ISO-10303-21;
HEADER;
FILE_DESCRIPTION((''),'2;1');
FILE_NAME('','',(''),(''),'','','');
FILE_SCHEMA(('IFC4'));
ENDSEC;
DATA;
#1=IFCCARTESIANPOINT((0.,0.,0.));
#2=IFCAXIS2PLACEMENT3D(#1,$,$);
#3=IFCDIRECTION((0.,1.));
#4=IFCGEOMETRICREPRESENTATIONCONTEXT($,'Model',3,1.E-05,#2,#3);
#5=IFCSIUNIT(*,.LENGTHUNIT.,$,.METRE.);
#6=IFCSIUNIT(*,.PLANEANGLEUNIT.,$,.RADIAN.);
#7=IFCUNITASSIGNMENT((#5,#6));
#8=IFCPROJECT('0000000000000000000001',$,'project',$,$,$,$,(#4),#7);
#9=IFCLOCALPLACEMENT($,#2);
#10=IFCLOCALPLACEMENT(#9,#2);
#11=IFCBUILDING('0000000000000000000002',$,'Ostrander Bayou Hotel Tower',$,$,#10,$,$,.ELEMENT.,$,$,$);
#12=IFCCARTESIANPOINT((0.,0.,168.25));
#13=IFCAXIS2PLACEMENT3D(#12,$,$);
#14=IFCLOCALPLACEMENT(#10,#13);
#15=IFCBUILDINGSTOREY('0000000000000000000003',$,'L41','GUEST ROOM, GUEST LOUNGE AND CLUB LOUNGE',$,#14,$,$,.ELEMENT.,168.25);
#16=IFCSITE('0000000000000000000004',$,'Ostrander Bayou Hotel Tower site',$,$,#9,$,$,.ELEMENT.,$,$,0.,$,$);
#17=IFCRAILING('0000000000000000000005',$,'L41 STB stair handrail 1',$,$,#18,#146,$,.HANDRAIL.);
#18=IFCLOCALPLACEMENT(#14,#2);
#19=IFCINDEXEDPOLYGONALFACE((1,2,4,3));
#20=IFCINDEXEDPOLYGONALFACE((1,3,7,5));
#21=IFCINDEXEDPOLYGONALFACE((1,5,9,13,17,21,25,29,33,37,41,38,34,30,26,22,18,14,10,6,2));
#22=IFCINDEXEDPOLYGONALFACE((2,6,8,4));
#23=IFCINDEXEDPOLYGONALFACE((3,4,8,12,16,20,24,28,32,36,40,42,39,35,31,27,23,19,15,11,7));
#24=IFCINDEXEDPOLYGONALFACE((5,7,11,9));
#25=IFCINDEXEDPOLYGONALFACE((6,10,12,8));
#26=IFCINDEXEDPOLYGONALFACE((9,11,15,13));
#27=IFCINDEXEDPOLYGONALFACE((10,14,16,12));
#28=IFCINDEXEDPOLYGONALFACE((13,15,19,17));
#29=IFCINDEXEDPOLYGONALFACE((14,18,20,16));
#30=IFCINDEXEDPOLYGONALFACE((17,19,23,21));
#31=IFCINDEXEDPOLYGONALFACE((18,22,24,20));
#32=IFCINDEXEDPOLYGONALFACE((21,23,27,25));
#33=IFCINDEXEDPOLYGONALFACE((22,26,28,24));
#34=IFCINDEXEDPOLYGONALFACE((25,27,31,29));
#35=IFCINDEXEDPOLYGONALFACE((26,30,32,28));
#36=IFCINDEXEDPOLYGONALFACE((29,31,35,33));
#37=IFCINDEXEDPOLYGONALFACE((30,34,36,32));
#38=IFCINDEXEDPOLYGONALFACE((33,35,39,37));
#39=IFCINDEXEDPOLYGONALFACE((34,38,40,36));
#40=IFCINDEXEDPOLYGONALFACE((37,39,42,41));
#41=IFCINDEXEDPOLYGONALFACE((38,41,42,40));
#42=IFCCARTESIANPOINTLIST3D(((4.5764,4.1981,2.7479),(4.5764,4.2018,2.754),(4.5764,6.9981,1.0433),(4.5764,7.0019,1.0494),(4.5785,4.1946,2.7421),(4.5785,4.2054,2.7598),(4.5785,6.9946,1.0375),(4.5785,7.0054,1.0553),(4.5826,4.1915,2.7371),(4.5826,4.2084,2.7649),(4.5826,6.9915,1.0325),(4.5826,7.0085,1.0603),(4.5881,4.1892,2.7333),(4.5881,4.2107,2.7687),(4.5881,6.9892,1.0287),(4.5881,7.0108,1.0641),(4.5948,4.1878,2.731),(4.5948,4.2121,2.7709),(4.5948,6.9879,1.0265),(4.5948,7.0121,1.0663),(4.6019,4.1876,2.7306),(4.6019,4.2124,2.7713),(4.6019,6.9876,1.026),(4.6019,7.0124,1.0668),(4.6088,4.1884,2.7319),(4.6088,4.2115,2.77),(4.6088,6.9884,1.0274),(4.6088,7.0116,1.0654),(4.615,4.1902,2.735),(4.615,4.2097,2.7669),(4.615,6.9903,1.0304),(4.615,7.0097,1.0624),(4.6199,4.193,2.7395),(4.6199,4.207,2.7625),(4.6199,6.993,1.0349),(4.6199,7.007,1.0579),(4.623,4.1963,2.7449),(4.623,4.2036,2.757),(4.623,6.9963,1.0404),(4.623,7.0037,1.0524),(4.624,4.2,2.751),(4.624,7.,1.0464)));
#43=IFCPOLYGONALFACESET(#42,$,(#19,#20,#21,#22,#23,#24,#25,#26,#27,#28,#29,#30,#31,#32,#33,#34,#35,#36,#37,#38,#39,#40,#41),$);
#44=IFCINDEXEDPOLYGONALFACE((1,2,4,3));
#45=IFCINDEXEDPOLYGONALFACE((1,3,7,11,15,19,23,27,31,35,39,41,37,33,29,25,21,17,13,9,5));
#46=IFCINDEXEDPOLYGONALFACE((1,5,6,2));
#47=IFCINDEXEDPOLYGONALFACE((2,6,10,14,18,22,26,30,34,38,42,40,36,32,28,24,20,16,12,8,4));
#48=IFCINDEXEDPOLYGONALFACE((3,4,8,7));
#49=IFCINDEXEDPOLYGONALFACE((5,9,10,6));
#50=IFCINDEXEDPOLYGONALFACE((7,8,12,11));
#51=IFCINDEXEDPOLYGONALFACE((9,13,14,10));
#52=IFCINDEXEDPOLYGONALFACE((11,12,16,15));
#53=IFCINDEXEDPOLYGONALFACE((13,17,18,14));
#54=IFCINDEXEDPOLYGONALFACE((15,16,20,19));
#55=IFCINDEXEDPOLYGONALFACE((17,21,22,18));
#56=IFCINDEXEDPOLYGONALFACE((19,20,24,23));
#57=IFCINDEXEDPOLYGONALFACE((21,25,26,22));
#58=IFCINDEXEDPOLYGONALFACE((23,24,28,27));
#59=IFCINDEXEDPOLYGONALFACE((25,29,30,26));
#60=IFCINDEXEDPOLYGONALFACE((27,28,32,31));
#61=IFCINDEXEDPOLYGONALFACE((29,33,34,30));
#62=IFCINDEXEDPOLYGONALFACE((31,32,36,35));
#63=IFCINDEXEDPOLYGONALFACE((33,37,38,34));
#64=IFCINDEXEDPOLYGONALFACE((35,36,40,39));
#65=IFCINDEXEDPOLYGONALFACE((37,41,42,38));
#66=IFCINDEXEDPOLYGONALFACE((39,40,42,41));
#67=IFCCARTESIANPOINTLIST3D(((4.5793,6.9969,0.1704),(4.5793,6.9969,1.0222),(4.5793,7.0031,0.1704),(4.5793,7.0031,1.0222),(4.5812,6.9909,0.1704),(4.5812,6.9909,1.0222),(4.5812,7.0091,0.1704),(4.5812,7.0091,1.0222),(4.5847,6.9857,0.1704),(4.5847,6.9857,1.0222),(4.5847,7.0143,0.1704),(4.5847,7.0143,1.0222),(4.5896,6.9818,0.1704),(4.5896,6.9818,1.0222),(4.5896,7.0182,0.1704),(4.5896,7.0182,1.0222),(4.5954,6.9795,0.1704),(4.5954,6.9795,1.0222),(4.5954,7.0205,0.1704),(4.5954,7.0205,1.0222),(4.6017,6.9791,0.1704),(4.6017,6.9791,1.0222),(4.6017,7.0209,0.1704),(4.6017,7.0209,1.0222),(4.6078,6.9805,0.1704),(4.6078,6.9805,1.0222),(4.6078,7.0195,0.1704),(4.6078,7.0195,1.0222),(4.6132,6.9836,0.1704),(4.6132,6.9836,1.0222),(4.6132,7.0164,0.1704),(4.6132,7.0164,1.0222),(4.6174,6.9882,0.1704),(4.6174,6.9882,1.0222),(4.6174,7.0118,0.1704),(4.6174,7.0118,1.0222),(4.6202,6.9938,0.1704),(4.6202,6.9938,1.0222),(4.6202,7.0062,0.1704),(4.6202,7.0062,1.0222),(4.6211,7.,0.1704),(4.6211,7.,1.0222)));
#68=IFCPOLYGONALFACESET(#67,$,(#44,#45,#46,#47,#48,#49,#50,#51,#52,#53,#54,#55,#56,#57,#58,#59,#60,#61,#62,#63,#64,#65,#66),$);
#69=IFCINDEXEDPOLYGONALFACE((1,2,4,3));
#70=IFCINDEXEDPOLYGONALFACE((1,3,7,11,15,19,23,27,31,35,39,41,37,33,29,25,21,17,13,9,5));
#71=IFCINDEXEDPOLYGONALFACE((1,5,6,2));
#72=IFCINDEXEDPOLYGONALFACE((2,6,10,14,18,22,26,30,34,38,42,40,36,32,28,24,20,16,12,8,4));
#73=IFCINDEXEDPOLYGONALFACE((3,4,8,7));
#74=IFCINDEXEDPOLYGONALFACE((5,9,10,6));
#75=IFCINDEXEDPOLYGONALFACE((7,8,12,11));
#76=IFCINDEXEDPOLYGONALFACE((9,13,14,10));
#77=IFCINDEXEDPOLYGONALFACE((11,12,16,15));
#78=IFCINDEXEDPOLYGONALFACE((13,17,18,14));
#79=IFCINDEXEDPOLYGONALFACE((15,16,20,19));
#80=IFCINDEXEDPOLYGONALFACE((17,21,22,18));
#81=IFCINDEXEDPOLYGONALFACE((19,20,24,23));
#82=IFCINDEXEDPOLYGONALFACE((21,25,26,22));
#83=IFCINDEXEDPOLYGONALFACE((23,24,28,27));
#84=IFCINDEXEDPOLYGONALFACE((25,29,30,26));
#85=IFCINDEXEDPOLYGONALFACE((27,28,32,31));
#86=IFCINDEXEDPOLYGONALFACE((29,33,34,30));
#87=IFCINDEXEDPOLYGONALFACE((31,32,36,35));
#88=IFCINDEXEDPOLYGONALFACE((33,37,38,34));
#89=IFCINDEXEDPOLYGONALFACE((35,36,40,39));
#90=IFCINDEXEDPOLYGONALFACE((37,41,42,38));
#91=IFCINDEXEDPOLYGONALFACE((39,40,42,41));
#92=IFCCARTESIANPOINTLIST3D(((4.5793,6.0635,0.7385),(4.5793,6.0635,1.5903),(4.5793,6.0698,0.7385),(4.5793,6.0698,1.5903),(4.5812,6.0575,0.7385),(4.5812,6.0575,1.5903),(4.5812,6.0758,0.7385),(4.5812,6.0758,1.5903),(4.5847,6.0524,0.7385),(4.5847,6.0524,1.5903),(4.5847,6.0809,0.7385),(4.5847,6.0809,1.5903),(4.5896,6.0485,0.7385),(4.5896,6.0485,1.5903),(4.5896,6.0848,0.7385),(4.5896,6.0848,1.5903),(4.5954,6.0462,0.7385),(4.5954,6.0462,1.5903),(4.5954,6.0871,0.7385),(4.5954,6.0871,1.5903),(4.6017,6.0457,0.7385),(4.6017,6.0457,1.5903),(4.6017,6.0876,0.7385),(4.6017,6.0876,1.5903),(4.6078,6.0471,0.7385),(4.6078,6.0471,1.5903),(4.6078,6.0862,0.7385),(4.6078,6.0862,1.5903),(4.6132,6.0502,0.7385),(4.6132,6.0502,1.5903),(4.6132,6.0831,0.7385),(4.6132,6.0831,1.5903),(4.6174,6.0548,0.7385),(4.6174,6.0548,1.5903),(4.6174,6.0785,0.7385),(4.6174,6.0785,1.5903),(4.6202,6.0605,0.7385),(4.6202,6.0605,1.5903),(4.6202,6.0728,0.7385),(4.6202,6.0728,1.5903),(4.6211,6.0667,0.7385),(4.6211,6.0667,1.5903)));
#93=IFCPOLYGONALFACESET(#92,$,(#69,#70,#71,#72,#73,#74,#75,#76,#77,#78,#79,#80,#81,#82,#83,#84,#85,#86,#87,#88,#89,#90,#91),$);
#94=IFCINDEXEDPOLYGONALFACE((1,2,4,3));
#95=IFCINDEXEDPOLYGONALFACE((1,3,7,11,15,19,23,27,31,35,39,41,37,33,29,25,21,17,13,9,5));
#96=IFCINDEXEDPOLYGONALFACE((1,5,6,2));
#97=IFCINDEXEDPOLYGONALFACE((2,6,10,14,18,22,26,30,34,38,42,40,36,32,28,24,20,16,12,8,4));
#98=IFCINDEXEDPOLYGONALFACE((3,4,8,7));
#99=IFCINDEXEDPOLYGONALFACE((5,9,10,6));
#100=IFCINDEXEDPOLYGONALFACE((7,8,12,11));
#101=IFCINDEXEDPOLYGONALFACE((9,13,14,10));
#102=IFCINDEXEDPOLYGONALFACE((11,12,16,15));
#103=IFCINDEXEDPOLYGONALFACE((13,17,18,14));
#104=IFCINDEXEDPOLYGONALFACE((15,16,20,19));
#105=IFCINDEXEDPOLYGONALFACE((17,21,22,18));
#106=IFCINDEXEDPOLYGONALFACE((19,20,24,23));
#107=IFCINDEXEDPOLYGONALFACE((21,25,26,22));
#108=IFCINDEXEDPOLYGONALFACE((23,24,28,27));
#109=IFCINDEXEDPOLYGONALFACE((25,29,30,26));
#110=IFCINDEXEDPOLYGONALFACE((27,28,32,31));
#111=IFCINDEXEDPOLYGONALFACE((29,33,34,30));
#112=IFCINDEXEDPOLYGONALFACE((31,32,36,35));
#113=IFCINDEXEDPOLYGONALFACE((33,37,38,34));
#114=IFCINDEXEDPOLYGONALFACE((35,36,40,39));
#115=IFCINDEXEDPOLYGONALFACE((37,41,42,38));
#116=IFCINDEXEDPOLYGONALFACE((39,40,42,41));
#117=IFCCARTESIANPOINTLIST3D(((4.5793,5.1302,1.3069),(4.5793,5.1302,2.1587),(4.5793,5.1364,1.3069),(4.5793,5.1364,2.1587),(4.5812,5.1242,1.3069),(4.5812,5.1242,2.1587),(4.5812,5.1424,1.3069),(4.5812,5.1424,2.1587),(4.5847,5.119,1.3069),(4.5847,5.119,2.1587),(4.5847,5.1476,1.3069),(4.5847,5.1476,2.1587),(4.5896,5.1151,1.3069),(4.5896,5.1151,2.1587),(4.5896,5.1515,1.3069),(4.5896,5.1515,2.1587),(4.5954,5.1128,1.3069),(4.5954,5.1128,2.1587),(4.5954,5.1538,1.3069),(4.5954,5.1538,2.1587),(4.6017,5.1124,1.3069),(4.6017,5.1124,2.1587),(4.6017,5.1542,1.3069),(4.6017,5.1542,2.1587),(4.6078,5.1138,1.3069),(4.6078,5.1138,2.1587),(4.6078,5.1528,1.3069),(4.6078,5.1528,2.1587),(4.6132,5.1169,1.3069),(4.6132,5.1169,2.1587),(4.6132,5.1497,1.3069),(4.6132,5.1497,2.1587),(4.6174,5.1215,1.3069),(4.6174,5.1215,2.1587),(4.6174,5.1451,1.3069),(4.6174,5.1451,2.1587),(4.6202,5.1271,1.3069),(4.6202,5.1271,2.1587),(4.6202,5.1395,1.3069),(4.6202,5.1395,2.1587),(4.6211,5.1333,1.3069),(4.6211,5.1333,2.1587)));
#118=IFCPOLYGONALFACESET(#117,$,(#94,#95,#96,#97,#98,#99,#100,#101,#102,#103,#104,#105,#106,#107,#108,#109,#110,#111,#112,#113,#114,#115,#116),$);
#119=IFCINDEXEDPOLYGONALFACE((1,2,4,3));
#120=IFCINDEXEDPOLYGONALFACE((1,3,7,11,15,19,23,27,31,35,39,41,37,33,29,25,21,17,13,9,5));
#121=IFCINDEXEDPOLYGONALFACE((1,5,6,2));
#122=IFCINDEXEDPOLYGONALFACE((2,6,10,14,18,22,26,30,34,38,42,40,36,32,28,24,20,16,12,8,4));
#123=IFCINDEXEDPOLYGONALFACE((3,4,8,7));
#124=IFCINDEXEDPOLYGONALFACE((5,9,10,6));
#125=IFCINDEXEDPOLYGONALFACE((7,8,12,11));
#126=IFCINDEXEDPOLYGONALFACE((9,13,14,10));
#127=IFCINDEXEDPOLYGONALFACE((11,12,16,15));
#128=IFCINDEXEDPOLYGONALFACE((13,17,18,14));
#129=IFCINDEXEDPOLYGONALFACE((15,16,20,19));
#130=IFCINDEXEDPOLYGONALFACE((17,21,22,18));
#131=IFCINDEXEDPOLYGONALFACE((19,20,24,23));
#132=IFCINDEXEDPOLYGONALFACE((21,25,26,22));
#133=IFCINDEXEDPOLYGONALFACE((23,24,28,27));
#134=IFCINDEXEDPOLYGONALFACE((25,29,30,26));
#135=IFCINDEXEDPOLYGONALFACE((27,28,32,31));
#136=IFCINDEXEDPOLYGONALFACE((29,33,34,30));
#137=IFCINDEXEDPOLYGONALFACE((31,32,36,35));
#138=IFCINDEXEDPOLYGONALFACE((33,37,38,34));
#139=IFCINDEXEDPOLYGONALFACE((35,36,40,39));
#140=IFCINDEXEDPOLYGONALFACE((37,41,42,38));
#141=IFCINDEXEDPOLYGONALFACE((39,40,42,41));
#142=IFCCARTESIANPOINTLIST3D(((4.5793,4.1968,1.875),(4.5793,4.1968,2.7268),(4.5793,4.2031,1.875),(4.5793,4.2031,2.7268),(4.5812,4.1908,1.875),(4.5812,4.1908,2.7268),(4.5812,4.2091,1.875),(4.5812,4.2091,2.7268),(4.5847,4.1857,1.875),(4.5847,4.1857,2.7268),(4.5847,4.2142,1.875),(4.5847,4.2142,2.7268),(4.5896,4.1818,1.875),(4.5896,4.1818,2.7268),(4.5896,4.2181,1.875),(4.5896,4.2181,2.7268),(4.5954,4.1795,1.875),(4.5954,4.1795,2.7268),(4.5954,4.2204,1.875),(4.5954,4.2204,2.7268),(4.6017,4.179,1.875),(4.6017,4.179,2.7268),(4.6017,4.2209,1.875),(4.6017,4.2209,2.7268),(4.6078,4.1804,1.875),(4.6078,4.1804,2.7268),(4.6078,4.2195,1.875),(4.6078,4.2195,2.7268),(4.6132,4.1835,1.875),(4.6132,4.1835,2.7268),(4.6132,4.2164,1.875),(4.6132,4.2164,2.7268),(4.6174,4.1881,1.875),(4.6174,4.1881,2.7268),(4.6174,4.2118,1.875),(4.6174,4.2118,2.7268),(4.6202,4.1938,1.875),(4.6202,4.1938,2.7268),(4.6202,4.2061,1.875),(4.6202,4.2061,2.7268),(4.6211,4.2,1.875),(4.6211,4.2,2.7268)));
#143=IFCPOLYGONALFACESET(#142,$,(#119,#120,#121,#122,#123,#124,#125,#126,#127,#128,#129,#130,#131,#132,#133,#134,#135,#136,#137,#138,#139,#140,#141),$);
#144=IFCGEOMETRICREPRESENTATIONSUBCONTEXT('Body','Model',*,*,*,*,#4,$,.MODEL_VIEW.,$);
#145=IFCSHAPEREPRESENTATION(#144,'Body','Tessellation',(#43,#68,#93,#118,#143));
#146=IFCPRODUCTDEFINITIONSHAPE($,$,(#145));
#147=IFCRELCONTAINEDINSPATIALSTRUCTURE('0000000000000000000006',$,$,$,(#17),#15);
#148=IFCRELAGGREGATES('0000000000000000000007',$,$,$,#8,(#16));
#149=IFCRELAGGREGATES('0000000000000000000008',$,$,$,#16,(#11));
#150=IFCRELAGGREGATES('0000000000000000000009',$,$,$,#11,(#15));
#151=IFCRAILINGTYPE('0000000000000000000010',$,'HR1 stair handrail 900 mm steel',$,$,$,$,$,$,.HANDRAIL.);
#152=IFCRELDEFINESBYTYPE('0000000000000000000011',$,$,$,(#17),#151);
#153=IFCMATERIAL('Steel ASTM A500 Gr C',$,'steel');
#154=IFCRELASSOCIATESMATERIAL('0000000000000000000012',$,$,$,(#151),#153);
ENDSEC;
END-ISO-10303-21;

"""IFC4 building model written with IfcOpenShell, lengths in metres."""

from ifc_helpers import new_model, si_unit, direction, frame, origin, origin_2d, place, context, subcontext, project, spatial, circle, extrude, material, type_object, element, save


model = new_model("IFC4")

# Units and contexts
model_context = context("Model", 3, precision=1e-05, world=origin(), true_north=direction((0.0, 1.0)))
body_context = subcontext(model_context, "Body", "Model", "MODEL_VIEW")
ifc_project = project(units=[si_unit("LENGTHUNIT", "METRE"), si_unit("PLANEANGLEUNIT", "RADIAN")], contexts=[model_context])

# Site, building, storey
site_placement = place(None, origin())
site = spatial("IfcSite", under=ifc_project, at=site_placement, Name="Ostrander Bayou Hotel Tower site", CompositionType="ELEMENT", RefElevation=0.0)
building_placement = place(site_placement, origin())
building = spatial("IfcBuilding", under=site, at=building_placement, Name="Ostrander Bayou Hotel Tower", CompositionType="ELEMENT")
storey_placement = place(building_placement, frame((0.0, 0.0, 168.25)))
storey = spatial("IfcBuildingStorey", under=building, at=storey_placement, Name="L41", Description="GUEST ROOM, GUEST LOUNGE AND CLUB LOUNGE", CompositionType="ELEMENT", Elevation=168.25)

# Railing
ifc_material_1 = material(Name="Steel ASTM A500 Gr C", Category="steel")
railing_type_1 = type_object("IfcRailingType", Name="HR1 stair handrail 900 mm steel", PredefinedType="HANDRAIL", material=ifc_material_1)
railing_1_placement = place(storey_placement, frame((4.6001, 7.0, 0.1704)))
element("IfcRailing", 1, at=railing_1_placement, inside=storey, type_object=railing_type_1, Name="L41 STB stair handrail 1", PredefinedType="HANDRAIL", context=body_context, shape_type="SweptSolid", body=[
    extrude(circle(Radius=0.0239, at=origin_2d()), frame((0.0, 0.0, 0.876), z_axis=(0.0, -0.85417, 0.519994), x_axis=(1.0, 0.0, 0.0)), (0.0, 0.0, 1.0), 3.2781),
    extrude(circle(Radius=0.021, at=origin_2d()), origin(), (0.0, 0.0, 1.0), 0.8518),
    extrude(circle(Radius=0.021, at=origin_2d()), frame((0.0, -0.9333, 0.5681)), (0.0, 0.0, 1.0), 0.8518),
    extrude(circle(Radius=0.021, at=origin_2d()), frame((0.0, -1.8667, 1.1365)), (0.0, 0.0, 1.0), 0.8518),
    extrude(circle(Radius=0.021, at=origin_2d()), frame((0.0, -2.8, 1.7046)), (0.0, 0.0, 1.0), 0.8518),
])

save(model, "model.ifc")
